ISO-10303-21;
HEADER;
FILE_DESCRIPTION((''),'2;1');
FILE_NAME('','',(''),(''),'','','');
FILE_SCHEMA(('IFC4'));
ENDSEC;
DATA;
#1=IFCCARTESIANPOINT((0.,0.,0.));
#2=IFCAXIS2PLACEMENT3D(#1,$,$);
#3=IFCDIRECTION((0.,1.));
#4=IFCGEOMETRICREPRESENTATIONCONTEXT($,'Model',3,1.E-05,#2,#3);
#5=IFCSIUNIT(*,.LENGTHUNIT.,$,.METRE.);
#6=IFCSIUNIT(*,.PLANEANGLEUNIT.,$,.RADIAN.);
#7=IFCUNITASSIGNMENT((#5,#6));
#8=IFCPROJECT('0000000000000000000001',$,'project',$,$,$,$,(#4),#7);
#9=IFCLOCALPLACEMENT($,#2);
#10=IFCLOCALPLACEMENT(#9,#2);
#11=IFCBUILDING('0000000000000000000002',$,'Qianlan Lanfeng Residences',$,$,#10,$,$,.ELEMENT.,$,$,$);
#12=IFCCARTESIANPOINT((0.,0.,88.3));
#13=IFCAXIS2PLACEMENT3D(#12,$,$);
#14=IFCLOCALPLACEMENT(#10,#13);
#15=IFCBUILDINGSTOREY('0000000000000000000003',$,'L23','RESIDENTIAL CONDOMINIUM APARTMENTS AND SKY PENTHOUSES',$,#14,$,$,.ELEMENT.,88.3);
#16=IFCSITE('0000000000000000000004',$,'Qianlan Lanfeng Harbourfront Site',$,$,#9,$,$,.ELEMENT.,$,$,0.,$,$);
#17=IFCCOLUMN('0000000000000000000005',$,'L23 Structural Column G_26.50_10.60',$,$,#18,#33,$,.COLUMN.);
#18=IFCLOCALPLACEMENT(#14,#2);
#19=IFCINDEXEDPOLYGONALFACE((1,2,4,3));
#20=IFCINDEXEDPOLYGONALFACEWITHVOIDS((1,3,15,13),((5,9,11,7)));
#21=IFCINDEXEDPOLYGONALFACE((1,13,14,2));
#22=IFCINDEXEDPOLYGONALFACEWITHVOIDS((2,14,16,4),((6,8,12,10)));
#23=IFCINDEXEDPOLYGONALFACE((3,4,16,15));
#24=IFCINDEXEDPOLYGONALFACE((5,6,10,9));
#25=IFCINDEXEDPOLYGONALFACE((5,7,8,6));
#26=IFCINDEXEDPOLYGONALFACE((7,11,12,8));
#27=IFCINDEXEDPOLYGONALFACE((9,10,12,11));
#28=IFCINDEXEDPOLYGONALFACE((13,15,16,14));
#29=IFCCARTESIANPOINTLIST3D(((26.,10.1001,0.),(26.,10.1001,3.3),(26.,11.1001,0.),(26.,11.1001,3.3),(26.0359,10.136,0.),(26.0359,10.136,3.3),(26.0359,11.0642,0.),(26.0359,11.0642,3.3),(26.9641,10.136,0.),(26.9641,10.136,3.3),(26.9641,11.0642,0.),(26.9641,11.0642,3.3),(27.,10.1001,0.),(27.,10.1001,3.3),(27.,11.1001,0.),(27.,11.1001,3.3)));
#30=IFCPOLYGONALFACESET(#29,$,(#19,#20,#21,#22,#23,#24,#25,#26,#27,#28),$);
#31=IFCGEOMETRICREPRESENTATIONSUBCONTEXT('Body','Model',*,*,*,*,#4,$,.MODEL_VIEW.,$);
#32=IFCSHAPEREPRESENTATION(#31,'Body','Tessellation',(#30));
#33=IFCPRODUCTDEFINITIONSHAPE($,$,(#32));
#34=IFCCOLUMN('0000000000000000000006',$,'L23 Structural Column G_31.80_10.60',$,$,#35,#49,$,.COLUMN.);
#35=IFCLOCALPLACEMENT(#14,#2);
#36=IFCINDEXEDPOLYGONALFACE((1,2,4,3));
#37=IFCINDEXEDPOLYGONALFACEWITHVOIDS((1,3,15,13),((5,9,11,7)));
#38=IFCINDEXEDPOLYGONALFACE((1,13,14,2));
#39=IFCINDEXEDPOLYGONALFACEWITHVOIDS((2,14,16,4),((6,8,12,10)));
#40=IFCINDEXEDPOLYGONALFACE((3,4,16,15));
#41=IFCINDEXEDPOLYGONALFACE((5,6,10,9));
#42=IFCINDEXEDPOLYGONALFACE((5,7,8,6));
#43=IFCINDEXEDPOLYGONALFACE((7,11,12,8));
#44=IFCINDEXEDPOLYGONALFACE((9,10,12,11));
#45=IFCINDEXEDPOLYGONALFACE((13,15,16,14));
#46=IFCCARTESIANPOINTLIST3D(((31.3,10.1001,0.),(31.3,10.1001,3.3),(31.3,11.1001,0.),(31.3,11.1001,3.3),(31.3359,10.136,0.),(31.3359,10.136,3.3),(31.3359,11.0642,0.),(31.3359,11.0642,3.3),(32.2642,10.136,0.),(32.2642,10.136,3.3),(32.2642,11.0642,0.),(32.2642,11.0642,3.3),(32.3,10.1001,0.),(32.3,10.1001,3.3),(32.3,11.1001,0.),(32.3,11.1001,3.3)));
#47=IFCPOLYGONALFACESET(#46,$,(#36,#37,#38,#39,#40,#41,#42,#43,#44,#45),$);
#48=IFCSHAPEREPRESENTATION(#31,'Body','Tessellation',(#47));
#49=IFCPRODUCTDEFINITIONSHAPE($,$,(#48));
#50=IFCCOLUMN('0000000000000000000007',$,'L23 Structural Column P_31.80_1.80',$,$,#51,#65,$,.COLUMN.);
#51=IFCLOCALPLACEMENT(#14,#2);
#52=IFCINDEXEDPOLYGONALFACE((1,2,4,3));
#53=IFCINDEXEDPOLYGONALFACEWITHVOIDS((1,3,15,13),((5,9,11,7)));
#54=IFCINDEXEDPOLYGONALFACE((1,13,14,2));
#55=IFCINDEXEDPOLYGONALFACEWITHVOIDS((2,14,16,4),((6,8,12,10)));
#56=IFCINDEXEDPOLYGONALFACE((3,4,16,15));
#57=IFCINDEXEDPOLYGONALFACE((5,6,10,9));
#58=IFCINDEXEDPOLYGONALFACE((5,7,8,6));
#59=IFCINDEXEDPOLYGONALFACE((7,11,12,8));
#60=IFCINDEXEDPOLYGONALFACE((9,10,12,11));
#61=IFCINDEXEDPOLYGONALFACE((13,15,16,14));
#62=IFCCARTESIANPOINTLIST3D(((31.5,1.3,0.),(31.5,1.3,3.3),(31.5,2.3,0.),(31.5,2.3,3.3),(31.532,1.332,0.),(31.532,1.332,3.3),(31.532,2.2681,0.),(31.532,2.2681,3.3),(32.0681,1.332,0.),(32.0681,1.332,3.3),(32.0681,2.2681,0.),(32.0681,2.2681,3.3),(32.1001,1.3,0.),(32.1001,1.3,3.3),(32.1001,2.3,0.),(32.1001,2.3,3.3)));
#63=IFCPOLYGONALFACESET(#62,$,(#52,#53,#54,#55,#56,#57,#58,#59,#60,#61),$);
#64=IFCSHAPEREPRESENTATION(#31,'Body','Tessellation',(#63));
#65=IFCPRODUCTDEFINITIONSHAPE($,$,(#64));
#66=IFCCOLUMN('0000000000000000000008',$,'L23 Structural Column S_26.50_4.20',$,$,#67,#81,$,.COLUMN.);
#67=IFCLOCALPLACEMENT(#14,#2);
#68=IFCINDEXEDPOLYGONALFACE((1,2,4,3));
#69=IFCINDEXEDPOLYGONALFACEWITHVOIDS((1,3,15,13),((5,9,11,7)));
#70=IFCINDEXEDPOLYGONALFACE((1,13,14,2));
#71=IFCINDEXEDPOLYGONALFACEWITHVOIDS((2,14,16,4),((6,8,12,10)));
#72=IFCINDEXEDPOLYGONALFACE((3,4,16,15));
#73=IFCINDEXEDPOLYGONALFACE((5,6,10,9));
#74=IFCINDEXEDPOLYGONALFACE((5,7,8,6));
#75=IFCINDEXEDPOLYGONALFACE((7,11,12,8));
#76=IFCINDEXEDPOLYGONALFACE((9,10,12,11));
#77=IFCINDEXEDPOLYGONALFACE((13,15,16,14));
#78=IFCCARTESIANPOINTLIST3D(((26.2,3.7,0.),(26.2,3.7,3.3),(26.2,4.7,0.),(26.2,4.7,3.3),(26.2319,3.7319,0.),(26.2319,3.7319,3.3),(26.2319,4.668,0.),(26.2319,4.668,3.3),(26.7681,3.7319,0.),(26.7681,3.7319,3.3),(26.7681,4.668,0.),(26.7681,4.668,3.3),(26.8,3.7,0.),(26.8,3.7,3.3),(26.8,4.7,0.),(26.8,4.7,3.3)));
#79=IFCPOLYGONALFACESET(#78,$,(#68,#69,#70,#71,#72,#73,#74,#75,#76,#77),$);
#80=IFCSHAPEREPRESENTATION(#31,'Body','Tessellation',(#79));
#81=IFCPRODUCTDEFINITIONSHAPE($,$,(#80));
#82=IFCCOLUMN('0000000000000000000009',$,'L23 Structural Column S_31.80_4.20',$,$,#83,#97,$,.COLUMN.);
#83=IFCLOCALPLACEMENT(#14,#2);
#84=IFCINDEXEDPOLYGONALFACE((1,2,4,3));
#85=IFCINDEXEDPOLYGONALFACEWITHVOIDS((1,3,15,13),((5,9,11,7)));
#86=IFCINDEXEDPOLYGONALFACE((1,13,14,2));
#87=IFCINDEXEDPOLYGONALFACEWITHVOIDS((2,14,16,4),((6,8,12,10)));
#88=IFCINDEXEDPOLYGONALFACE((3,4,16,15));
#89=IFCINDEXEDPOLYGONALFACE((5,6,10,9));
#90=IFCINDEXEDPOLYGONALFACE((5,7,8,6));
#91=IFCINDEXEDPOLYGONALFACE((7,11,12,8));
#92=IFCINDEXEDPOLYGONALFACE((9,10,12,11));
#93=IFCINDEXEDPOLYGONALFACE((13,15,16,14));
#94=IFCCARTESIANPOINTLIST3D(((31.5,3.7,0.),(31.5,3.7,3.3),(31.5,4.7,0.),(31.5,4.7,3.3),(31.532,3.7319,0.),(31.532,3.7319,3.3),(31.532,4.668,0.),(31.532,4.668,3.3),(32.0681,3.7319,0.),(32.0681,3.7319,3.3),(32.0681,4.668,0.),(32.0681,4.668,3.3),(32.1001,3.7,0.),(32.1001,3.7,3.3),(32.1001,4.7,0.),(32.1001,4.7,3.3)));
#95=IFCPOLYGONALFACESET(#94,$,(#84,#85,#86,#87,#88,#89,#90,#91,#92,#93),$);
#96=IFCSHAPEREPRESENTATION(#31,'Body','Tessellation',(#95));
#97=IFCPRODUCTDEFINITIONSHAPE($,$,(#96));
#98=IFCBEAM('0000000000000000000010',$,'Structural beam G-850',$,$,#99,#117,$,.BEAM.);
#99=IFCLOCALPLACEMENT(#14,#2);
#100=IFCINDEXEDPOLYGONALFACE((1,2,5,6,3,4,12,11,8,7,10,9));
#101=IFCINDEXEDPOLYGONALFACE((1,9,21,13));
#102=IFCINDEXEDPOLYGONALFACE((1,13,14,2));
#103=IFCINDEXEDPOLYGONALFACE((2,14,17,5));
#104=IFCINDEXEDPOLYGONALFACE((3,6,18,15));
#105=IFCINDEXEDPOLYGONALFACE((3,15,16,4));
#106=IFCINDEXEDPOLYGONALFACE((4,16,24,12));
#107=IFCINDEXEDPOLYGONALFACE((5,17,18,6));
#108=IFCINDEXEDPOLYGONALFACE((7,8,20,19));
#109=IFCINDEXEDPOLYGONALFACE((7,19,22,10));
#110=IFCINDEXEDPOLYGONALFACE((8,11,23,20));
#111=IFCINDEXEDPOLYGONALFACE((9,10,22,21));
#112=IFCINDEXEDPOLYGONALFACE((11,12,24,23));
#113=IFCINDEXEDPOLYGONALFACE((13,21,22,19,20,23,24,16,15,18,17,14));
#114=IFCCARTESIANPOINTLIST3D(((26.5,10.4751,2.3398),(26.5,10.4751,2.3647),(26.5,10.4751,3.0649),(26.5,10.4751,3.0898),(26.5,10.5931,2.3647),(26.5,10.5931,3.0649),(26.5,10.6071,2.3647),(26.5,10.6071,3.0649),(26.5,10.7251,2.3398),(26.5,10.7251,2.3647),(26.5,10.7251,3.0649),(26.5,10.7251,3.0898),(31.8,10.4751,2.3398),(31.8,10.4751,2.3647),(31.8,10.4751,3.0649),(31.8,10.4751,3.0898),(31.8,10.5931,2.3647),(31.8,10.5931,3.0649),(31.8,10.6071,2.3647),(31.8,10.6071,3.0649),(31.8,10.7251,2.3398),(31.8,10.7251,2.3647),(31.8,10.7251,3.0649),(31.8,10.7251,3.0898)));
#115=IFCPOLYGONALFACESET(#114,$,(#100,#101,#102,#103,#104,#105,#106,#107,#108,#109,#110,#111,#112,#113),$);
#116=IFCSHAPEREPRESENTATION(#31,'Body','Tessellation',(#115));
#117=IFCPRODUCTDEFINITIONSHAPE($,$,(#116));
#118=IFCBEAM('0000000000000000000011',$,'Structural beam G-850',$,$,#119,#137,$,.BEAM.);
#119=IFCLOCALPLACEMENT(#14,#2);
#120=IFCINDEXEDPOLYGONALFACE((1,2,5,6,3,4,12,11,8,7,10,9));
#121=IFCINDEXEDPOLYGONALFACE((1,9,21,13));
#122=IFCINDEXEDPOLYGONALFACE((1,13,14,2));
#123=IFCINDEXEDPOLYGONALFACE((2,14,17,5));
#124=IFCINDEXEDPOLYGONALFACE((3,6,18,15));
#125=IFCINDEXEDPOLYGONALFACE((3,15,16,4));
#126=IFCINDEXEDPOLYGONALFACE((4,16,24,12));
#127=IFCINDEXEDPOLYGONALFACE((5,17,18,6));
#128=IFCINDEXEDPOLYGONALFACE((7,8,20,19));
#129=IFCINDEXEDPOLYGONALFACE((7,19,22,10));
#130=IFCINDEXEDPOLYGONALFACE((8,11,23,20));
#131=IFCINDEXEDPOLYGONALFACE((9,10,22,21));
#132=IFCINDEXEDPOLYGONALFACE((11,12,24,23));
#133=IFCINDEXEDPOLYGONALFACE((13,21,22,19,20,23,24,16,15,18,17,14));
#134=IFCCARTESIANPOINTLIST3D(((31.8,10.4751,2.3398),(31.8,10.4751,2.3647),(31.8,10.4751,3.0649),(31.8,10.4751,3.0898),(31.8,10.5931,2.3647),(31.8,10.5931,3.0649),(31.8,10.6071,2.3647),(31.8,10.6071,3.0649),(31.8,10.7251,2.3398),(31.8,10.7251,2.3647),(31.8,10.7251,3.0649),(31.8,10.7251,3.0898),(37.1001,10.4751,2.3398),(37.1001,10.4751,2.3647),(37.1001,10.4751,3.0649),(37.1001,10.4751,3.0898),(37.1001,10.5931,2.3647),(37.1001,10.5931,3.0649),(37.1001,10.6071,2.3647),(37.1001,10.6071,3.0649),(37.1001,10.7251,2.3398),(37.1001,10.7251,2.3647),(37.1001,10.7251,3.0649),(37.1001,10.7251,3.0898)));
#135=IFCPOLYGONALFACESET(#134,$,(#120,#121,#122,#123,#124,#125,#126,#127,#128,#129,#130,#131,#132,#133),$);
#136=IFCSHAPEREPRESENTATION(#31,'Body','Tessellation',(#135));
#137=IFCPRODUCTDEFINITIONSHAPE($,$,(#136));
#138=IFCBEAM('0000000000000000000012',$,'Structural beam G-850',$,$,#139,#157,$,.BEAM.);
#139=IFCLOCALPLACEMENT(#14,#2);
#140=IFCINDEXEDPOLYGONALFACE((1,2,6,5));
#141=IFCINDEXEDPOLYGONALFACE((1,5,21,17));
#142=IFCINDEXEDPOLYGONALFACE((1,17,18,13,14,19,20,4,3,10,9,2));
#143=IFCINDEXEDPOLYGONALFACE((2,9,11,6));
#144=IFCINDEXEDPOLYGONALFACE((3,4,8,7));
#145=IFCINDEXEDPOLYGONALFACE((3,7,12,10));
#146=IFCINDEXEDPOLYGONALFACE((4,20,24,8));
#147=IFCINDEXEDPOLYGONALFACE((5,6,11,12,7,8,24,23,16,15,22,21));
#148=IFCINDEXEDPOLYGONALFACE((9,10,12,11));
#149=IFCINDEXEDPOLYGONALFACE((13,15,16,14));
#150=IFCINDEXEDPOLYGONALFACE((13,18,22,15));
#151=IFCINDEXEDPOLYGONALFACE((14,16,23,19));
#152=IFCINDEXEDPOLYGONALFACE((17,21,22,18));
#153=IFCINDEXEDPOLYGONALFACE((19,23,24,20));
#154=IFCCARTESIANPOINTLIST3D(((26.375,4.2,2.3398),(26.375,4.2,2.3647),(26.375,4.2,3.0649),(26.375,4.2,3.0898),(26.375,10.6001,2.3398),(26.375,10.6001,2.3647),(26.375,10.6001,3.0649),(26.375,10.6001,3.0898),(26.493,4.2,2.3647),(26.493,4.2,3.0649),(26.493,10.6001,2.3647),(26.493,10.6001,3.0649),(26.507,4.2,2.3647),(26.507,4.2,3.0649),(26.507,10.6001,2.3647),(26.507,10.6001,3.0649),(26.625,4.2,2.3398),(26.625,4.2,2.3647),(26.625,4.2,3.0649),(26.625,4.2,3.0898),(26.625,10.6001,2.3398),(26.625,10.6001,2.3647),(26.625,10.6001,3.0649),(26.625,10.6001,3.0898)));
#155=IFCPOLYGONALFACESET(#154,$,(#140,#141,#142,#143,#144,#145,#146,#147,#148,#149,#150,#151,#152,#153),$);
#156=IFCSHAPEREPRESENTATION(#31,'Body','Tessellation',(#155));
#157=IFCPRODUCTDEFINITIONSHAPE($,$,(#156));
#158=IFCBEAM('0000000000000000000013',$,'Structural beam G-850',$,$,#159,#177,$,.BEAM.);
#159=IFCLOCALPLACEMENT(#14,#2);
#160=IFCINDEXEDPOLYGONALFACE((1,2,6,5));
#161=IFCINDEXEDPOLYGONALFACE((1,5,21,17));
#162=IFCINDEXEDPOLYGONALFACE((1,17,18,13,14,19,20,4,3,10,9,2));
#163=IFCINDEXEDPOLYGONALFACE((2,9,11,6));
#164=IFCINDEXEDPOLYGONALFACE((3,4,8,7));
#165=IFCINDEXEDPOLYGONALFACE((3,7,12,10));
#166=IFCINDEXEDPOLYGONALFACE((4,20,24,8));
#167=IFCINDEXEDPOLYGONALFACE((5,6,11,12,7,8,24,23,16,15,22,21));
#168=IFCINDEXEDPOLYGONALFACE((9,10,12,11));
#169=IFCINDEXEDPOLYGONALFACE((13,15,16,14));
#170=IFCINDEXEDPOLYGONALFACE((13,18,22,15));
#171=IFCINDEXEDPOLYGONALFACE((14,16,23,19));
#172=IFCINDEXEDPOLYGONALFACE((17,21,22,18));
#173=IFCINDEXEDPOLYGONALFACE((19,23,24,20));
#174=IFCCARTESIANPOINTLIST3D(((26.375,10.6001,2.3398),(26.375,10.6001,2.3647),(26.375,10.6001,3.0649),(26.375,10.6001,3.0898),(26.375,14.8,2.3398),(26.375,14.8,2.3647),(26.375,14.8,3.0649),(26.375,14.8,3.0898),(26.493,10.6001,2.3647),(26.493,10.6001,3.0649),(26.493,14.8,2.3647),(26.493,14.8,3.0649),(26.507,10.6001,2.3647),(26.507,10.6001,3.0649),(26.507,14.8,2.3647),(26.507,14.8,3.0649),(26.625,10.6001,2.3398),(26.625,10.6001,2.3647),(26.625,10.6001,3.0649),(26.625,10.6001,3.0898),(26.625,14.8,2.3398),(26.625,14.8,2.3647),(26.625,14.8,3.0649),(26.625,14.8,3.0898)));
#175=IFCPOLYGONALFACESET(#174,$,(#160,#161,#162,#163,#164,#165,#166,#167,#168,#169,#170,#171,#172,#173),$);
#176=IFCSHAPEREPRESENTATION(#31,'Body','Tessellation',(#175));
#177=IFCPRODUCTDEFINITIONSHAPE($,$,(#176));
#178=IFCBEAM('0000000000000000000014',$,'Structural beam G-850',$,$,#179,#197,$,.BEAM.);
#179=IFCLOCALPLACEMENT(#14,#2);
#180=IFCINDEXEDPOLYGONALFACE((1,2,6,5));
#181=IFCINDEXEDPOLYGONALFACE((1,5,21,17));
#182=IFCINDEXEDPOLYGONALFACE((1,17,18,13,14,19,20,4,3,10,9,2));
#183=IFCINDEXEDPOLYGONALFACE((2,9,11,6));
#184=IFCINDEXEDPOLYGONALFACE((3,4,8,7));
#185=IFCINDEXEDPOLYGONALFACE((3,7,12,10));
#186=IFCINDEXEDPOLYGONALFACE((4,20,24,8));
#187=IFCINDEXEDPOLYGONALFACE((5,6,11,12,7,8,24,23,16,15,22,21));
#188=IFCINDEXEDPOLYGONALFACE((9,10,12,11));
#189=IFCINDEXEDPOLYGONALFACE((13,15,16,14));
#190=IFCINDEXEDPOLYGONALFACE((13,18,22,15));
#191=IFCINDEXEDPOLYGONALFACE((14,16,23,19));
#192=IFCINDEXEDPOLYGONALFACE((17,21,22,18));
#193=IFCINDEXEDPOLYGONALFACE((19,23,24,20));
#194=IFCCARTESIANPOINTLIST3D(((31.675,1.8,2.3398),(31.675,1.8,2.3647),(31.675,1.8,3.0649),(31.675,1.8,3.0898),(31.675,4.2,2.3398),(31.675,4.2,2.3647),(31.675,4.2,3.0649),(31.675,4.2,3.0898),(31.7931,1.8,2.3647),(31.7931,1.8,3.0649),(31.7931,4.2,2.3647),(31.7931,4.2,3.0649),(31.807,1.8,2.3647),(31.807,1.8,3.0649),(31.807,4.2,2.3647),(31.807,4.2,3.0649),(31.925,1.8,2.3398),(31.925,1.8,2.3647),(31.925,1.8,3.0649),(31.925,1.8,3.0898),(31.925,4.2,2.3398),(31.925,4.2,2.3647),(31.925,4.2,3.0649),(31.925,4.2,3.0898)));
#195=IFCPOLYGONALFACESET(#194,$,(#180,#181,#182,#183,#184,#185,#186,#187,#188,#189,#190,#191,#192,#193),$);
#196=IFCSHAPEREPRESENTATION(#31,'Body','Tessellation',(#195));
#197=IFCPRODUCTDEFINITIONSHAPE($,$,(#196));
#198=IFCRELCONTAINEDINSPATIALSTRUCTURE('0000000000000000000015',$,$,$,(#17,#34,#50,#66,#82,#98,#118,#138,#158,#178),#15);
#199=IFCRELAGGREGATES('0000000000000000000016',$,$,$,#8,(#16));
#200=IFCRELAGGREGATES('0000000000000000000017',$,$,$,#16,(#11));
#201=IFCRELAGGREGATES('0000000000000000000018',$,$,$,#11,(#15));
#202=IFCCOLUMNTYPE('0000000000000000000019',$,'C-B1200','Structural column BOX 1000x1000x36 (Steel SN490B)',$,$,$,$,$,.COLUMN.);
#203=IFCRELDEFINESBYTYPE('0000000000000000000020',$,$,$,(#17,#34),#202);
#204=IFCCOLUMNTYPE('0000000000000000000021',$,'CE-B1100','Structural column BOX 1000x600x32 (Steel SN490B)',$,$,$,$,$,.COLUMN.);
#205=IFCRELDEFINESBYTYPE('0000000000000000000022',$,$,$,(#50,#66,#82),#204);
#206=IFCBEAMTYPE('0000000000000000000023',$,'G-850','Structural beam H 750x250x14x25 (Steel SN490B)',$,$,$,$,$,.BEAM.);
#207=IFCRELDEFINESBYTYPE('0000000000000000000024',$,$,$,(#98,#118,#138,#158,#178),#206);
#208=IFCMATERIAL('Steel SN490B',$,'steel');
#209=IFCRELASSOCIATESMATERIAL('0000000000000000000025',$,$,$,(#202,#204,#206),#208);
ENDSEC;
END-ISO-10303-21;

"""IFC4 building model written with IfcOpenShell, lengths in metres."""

from ifc_helpers import new_model, si_unit, direction, frame, origin, origin_2d, place, context, subcontext, project, spatial, hollow_rectangle, i_section, extrude, material, material_profile, profile_set, type_object, element, save


model = new_model("IFC4")

# Units and contexts
model_context = context("Model", 3, precision=1e-05, world=origin(), true_north=direction((0.0, 1.0)))
body_context = subcontext(model_context, "Body", "Model", "MODEL_VIEW")
ifc_project = project(units=[si_unit("LENGTHUNIT", "METRE"), si_unit("PLANEANGLEUNIT", "RADIAN")], contexts=[model_context])

# Site, building, storey
site_placement = place(None, origin())
site = spatial("IfcSite", under=ifc_project, at=site_placement, Name="Qianlan Lanfeng Harbourfront Site", CompositionType="ELEMENT", RefElevation=0.0)
building_placement = place(site_placement, origin())
building = spatial("IfcBuilding", under=site, at=building_placement, Name="Qianlan Lanfeng Residences", CompositionType="ELEMENT")
storey_placement = place(building_placement, frame((0.0, 0.0, 88.3)))
storey = spatial("IfcBuildingStorey", under=building, at=storey_placement, Name="L23", Description="RESIDENTIAL CONDOMINIUM APARTMENTS AND SKY PENTHOUSES", CompositionType="ELEMENT", Elevation=88.3)

# Columns
ifc_material_1 = material(Name="Steel SN490B", Category="steel")
ifc_material_profile_1 = material_profile(ifc_material_1, hollow_rectangle(XDim=1.0, YDim=1.0, WallThickness=0.0359, at=origin_2d()), Name="BOX 1000x1000x36")
ifc_profile_set_1 = profile_set([ifc_material_profile_1], Name="Steel SN490B")
column_type_1 = type_object("IfcColumnType", Name="C-B1200", Description="Structural column BOX 1000x1000x36 (Steel SN490B)", PredefinedType="COLUMN", material=ifc_profile_set_1)
for number, where, z_axis, x_axis, name in (
    (1, (26.5, 10.6001, 0.0), (0.0, 0.0, 1.0), (1.0, 0.0, 0.0), "L23 Structural Column G_26.50_10.60"),
    (2, (31.8, 10.6001, 0.0), (0.0, 0.0, 1.0), (1.0, 0.0, 0.0), "L23 Structural Column G_31.80_10.60"),
):
    element("IfcColumn", number, at=place(storey_placement, frame(where, z_axis=z_axis, x_axis=x_axis)), inside=storey, type_object=column_type_1, Name=name, PredefinedType="COLUMN", context=body_context, shape_type="SweptSolid", body=[
        extrude(hollow_rectangle(XDim=1.0, YDim=1.0, WallThickness=0.0359, at=origin_2d()), origin(), (0.0, 0.0, 1.0), 3.3),
    ])
ifc_material_profile_2 = material_profile(ifc_material_1, hollow_rectangle(XDim=0.6001, YDim=1.0, WallThickness=0.032, at=origin_2d()), Name="BOX 1000x600x32")
ifc_profile_set_2 = profile_set([ifc_material_profile_2], Name="Steel SN490B")
column_type_2 = type_object("IfcColumnType", Name="CE-B1100", Description="Structural column BOX 1000x600x32 (Steel SN490B)", PredefinedType="COLUMN", material=ifc_profile_set_2)
for number, where, z_axis, x_axis, name in (
    (3, (31.8, 1.8, 0.0), (0.0, 0.0, 1.0), (1.0, 0.0, 0.0), "L23 Structural Column P_31.80_1.80"),
    (4, (26.5, 4.2, 0.0), (0.0, 0.0, 1.0), (1.0, 0.0, 0.0), "L23 Structural Column S_26.50_4.20"),
    (5, (31.8, 4.2, 0.0), (0.0, 0.0, 1.0), (1.0, 0.0, 0.0), "L23 Structural Column S_31.80_4.20"),
):
    element("IfcColumn", number, at=place(storey_placement, frame(where, z_axis=z_axis, x_axis=x_axis)), inside=storey, type_object=column_type_2, Name=name, PredefinedType="COLUMN", context=body_context, shape_type="SweptSolid", body=[
        extrude(hollow_rectangle(XDim=0.6001, YDim=1.0, WallThickness=0.032, at=origin_2d()), origin(), (0.0, 0.0, 1.0), 3.3),
    ])

# Beams
ifc_material_profile_3 = material_profile(ifc_material_1, i_section(OverallWidth=0.25, OverallDepth=0.75, WebThickness=0.0139, FlangeThickness=0.0249, at=origin_2d()), Name="H 750x250x14x25")
ifc_profile_set_3 = profile_set([ifc_material_profile_3], Name="Steel SN490B")
beam_type_1 = type_object("IfcBeamType", Name="G-850", Description="Structural beam H 750x250x14x25 (Steel SN490B)", PredefinedType="BEAM", material=ifc_profile_set_3)
for number, where, z_axis, x_axis, name in (
    (6, (26.5, 10.6001, 2.7148), (1.0, 0.0, 0.0), (0.0, 1.0, 0.0), "Structural beam G-850"),
    (7, (31.8, 10.6001, 2.7148), (1.0, 0.0, 0.0), (0.0, 1.0, 0.0), "Structural beam G-850"),
):
    element("IfcBeam", number, at=place(storey_placement, frame(where, z_axis=z_axis, x_axis=x_axis)), inside=storey, type_object=beam_type_1, Name=name, PredefinedType="BEAM", context=body_context, shape_type="SweptSolid", body=[
        extrude(i_section(OverallWidth=0.25, OverallDepth=0.75, WebThickness=0.0139, FlangeThickness=0.0249, at=origin_2d()), origin(), (0.0, 0.0, 1.0), 5.3),
    ])
beam_1_placement = place(storey_placement, frame((26.5, 4.2, 2.7148), z_axis=(0.0, 1.0, 0.0), x_axis=(-1.0, 0.0, 0.0)))
element("IfcBeam", 8, at=beam_1_placement, inside=storey, type_object=beam_type_1, Name="Structural beam G-850", PredefinedType="BEAM", context=body_context, shape_type="SweptSolid", body=[
    extrude(i_section(OverallWidth=0.25, OverallDepth=0.75, WebThickness=0.0139, FlangeThickness=0.0249, at=origin_2d()), origin(), (0.0, 0.0, 1.0), 6.4001),
])
beam_2_placement = place(storey_placement, frame((26.5, 10.6001, 2.7148), z_axis=(0.0, 1.0, 0.0), x_axis=(-1.0, 0.0, 0.0)))
element("IfcBeam", 9, at=beam_2_placement, inside=storey, type_object=beam_type_1, Name="Structural beam G-850", PredefinedType="BEAM", context=body_context, shape_type="SweptSolid", body=[
    extrude(i_section(OverallWidth=0.25, OverallDepth=0.75, WebThickness=0.0139, FlangeThickness=0.0249, at=origin_2d()), origin(), (0.0, 0.0, 1.0), 4.2),
])
beam_3_placement = place(storey_placement, frame((31.8, 1.8, 2.7148), z_axis=(0.0, 1.0, 0.0), x_axis=(-1.0, 0.0, 0.0)))
element("IfcBeam", 10, at=beam_3_placement, inside=storey, type_object=beam_type_1, Name="Structural beam G-850", PredefinedType="BEAM", context=body_context, shape_type="SweptSolid", body=[
    extrude(i_section(OverallWidth=0.25, OverallDepth=0.75, WebThickness=0.0139, FlangeThickness=0.0249, at=origin_2d()), origin(), (0.0, 0.0, 1.0), 2.3999),
])

save(model, "model.ifc")
